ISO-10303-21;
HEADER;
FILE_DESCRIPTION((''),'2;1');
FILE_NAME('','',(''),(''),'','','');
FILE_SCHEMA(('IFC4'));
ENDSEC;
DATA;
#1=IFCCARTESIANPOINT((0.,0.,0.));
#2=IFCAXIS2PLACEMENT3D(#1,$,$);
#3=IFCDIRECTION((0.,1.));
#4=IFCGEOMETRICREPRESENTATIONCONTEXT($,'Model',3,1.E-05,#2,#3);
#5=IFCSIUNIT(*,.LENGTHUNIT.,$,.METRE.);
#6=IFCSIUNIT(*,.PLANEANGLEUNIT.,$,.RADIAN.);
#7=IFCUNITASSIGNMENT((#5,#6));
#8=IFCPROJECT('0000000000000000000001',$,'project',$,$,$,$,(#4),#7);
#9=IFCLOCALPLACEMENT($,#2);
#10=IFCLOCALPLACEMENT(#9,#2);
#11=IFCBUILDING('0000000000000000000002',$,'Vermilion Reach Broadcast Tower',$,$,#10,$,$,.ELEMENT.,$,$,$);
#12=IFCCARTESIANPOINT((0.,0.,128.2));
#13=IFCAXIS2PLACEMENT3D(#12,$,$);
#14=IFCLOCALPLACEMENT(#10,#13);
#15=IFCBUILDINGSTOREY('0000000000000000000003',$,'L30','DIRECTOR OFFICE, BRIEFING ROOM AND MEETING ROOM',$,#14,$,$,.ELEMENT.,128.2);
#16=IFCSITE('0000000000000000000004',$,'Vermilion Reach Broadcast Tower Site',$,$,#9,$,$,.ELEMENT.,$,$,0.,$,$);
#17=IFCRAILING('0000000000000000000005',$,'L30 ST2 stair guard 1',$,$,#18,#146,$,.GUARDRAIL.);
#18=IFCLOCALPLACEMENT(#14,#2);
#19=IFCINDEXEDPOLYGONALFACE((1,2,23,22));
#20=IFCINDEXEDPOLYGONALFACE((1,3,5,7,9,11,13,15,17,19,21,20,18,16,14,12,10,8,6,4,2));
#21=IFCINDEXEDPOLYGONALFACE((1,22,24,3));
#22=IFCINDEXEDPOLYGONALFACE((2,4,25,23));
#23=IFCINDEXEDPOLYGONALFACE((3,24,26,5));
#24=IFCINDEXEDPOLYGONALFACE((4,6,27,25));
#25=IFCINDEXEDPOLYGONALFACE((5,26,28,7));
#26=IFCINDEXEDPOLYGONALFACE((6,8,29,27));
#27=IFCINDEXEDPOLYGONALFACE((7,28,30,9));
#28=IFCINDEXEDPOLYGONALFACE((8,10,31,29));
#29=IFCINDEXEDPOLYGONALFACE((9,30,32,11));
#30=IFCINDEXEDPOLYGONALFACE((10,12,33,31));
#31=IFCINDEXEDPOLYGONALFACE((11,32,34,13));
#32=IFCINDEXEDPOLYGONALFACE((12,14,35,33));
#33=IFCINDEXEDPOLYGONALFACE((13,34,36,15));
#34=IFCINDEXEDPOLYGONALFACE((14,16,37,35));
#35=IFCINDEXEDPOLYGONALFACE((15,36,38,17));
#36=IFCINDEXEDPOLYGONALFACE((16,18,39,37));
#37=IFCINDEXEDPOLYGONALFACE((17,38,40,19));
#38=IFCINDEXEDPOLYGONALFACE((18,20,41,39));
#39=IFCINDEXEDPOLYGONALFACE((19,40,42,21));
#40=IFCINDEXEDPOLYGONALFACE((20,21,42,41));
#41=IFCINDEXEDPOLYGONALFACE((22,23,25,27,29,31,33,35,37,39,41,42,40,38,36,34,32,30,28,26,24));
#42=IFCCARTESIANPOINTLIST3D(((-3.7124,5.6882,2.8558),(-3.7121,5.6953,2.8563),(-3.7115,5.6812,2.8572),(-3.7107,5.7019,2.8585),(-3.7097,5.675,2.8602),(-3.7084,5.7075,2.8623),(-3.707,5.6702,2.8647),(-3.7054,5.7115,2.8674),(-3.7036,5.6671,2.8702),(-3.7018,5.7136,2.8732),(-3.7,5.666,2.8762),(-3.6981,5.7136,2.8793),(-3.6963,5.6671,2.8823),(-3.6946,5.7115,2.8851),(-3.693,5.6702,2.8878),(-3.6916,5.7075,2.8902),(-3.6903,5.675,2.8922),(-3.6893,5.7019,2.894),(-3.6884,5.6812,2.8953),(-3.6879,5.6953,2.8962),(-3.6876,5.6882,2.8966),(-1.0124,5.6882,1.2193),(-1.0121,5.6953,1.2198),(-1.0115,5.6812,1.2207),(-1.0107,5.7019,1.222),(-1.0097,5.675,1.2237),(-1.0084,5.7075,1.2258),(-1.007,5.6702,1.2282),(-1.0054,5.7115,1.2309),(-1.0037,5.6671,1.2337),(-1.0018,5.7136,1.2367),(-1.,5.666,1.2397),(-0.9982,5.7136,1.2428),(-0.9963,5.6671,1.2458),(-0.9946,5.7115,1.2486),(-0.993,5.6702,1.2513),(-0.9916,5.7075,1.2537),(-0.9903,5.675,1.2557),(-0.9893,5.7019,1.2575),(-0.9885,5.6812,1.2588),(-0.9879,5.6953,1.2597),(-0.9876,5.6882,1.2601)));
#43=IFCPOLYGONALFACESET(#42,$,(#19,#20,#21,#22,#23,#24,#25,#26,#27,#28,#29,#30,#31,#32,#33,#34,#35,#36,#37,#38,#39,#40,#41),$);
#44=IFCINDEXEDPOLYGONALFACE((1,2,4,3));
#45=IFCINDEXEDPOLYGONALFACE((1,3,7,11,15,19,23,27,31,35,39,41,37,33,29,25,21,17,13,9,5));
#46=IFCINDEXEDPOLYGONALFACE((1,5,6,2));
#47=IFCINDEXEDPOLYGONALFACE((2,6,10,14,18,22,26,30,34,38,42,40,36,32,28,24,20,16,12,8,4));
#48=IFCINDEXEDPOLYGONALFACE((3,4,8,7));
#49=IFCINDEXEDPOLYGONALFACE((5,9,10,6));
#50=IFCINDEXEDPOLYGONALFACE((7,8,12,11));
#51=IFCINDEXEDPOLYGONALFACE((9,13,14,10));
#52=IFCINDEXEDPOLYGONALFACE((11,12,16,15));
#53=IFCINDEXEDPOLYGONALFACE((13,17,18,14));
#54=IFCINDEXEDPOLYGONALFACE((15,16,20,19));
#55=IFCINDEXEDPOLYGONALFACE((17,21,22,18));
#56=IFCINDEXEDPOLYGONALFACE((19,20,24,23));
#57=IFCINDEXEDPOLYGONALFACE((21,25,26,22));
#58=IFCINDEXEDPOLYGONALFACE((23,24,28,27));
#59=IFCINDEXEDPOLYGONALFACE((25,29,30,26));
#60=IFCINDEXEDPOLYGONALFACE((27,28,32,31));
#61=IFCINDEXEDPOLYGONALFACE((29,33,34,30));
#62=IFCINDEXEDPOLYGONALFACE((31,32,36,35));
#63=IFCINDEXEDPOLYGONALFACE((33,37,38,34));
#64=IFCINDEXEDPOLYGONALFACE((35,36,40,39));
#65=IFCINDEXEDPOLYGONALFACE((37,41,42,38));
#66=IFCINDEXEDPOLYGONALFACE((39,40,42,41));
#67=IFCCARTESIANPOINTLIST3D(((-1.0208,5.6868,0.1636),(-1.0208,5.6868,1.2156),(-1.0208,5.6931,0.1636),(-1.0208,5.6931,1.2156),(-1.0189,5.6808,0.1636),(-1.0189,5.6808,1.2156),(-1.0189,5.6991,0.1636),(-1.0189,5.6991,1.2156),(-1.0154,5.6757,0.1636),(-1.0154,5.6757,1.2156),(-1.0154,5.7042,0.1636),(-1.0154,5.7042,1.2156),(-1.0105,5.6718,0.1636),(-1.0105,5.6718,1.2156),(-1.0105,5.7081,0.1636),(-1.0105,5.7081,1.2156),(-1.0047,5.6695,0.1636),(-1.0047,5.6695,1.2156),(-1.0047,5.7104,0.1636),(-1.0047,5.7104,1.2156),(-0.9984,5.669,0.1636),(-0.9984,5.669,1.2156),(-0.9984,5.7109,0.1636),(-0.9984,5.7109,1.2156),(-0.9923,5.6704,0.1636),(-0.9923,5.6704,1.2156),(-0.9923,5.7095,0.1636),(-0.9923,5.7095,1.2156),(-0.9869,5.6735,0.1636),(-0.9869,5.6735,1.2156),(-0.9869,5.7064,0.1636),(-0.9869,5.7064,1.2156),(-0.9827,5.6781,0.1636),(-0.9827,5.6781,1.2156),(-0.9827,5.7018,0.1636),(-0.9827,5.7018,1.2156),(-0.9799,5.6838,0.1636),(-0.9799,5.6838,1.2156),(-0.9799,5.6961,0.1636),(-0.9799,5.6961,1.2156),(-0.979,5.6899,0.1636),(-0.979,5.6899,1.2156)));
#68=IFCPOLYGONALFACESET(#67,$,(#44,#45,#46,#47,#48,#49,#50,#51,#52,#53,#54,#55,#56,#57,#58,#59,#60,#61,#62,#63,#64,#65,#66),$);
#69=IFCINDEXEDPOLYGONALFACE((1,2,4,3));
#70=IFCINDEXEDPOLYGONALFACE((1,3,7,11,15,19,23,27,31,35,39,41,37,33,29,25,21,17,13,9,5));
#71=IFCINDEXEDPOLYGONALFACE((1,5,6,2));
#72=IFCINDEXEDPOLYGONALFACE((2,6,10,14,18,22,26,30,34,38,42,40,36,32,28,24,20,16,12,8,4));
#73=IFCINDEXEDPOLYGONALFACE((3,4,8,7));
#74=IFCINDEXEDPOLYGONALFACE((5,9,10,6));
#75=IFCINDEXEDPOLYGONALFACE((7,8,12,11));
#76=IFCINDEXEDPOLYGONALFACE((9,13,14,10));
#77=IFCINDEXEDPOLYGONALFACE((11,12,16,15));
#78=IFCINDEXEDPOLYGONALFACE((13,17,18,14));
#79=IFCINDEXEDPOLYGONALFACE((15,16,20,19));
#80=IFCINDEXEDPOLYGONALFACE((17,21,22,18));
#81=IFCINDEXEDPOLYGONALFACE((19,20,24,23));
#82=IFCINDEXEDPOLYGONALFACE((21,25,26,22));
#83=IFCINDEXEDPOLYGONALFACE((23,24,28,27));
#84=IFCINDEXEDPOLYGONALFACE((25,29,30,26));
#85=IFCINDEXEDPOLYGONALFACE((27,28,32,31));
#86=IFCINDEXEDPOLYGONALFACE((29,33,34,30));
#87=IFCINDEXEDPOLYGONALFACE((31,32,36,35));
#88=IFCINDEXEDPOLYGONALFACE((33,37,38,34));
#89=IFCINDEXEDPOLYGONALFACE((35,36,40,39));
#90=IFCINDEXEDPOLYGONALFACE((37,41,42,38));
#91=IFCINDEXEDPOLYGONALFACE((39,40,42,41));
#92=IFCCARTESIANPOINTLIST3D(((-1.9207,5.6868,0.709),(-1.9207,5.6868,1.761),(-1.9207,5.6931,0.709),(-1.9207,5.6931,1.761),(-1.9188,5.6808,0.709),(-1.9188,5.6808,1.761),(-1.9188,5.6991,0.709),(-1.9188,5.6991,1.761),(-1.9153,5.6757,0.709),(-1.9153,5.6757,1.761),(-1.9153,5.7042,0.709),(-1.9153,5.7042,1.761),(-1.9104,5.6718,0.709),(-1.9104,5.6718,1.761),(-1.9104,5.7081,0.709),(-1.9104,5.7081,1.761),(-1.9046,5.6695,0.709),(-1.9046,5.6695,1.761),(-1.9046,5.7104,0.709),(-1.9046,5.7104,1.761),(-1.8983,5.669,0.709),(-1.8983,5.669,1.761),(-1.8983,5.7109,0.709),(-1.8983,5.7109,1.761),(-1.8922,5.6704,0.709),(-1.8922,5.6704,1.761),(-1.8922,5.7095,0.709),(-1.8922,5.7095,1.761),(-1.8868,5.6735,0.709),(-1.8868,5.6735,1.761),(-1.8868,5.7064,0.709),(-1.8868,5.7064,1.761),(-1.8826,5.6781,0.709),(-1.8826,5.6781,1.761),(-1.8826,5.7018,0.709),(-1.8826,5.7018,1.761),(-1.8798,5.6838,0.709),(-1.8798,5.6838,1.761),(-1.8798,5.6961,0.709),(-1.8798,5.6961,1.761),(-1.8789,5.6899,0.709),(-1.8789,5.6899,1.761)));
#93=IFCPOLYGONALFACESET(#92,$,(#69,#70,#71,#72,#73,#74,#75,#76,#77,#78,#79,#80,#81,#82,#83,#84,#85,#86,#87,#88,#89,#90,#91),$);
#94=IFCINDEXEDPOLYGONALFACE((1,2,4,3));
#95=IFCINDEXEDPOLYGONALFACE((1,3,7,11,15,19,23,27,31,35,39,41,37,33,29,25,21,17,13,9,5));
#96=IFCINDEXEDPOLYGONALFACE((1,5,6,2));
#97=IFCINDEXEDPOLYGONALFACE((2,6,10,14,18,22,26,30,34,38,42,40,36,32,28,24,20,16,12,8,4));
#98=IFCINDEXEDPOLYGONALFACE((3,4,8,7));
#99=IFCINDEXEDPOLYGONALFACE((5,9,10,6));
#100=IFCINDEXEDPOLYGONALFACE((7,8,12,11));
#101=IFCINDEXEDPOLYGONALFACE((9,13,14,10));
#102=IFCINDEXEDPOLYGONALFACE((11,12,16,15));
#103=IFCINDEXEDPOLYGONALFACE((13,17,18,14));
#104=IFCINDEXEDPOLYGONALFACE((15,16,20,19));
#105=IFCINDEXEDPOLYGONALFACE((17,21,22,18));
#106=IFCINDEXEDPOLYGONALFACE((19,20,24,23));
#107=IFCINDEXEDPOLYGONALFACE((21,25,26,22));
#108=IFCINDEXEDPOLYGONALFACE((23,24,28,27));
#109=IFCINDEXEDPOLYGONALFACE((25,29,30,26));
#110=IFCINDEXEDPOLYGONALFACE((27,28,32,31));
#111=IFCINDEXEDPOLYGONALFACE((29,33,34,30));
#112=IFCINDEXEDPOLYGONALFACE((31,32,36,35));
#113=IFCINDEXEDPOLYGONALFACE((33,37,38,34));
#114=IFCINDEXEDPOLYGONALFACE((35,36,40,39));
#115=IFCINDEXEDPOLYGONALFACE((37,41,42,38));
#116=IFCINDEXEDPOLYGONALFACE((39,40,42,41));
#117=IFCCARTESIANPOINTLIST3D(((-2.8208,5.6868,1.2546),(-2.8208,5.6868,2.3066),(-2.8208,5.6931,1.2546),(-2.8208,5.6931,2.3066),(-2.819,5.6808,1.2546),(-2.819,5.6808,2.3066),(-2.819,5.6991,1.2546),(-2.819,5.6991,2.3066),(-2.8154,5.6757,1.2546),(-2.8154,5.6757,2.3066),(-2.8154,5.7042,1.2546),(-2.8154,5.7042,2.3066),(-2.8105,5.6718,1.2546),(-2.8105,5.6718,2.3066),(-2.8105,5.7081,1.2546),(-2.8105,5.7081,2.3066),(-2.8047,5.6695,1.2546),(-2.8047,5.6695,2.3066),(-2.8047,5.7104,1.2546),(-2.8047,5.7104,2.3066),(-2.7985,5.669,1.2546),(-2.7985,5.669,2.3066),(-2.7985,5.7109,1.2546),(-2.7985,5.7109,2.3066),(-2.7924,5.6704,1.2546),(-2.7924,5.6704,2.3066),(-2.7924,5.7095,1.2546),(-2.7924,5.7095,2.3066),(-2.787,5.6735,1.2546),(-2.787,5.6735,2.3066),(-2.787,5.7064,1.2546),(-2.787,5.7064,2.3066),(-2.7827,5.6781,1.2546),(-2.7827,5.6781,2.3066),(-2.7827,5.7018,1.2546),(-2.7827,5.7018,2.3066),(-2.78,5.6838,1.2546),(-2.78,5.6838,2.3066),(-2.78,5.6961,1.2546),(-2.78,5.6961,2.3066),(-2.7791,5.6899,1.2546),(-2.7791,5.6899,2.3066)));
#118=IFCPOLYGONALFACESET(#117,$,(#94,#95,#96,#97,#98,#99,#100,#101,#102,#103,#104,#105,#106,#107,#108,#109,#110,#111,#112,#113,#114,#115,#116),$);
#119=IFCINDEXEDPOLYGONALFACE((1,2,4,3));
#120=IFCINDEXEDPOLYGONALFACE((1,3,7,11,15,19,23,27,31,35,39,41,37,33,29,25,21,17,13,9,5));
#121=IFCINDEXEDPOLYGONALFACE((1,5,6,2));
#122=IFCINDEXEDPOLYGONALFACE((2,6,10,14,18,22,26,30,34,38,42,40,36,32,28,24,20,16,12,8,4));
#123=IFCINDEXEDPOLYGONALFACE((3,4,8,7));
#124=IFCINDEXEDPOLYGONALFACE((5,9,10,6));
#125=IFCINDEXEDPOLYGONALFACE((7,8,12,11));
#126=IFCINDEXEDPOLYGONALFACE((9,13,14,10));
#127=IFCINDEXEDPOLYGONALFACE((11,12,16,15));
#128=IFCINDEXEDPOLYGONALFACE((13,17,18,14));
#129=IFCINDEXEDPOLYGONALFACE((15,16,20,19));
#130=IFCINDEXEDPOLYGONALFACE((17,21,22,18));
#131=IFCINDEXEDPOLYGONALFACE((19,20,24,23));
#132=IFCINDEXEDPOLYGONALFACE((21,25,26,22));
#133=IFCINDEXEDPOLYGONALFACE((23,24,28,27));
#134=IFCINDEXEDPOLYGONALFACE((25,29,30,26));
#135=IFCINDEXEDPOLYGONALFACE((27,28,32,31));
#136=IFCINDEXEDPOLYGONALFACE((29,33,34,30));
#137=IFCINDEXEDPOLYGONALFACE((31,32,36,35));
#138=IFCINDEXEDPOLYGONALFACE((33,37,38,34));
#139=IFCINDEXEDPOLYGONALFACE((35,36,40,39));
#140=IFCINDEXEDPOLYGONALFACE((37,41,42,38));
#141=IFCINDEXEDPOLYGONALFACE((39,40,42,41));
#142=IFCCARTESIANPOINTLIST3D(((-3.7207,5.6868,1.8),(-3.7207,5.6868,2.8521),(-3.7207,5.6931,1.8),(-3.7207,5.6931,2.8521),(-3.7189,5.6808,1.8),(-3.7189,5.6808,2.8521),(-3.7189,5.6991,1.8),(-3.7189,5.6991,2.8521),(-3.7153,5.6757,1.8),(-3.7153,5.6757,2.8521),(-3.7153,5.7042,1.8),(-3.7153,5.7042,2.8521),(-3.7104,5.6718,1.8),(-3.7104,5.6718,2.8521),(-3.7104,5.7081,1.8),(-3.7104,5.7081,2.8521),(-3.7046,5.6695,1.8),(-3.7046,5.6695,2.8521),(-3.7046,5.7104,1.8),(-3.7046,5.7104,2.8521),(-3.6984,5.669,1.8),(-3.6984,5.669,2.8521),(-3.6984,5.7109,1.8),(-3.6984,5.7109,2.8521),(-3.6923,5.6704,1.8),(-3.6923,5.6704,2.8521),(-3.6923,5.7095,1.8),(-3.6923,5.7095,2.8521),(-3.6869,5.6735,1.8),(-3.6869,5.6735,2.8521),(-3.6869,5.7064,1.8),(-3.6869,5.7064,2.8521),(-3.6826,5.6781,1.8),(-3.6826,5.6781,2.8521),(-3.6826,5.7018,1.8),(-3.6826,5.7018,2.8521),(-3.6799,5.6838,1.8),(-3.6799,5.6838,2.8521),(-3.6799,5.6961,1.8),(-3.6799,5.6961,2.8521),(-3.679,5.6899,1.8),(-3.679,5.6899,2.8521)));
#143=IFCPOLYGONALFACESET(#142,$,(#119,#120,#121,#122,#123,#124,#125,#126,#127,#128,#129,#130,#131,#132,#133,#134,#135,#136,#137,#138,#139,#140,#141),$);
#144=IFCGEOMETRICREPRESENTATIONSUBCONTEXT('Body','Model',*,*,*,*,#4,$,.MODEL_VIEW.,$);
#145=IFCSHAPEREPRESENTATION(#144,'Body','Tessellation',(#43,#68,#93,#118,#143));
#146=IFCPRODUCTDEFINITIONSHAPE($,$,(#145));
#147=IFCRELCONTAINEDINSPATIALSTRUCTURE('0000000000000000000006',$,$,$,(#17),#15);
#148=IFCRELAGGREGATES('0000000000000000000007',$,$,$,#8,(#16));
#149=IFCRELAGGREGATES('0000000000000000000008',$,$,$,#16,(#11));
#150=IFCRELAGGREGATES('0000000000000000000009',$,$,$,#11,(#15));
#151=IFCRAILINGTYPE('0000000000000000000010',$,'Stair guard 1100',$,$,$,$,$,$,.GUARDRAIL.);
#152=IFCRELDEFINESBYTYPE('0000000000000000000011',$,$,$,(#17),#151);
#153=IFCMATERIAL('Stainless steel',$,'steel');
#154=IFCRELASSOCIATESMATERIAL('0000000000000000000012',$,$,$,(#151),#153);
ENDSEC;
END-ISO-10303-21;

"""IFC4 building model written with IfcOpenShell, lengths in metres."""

from ifc_helpers import new_model, si_unit, direction, frame, origin, origin_2d, place, context, subcontext, project, spatial, circle, extrude, material, type_object, element, save


model = new_model("IFC4")

# Units and contexts
model_context = context("Model", 3, precision=1e-05, world=origin(), true_north=direction((0.0, 1.0)))
body_context = subcontext(model_context, "Body", "Model", "MODEL_VIEW")
ifc_project = project(units=[si_unit("LENGTHUNIT", "METRE"), si_unit("PLANEANGLEUNIT", "RADIAN")], contexts=[model_context])

# Site, building, storey
site_placement = place(None, origin())
site = spatial("IfcSite", under=ifc_project, at=site_placement, Name="Vermilion Reach Broadcast Tower Site", CompositionType="ELEMENT", RefElevation=0.0)
building_placement = place(site_placement, origin())
building = spatial("IfcBuilding", under=site, at=building_placement, Name="Vermilion Reach Broadcast Tower", CompositionType="ELEMENT")
storey_placement = place(building_placement, frame((0.0, 0.0, 128.2)))
storey = spatial("IfcBuildingStorey", under=building, at=storey_placement, Name="L30", Description="DIRECTOR OFFICE, BRIEFING ROOM AND MEETING ROOM", CompositionType="ELEMENT", Elevation=128.2)

# Railing
ifc_material_1 = material(Name="Stainless steel", Category="steel")
railing_type_1 = type_object("IfcRailingType", Name="Stair guard 1100", PredefinedType="GUARDRAIL", material=ifc_material_1)
railing_1_placement = place(storey_placement, frame((-1.0, 5.6899, 0.1636)))
element("IfcRailing", 1, at=railing_1_placement, inside=storey, type_object=railing_type_1, Name="L30 ST2 stair guard 1", PredefinedType="GUARDRAIL", context=body_context, shape_type="SweptSolid", body=[
    extrude(circle(Radius=0.0239, at=origin_2d()), frame((0.0, 0.0, 1.0762), z_axis=(-0.855178, 0.0, 0.518334), x_axis=(0.0, -1.0, 0.0)), (0.0, 0.0, 1.0), 3.1572),
    extrude(circle(Radius=0.021, at=origin_2d()), origin(), (0.0, 0.0, 1.0), 1.052),
    extrude(circle(Radius=0.021, at=origin_2d()), frame((-0.8999, 0.0, 0.5454)), (0.0, 0.0, 1.0), 1.052),
    extrude(circle(Radius=0.021, at=origin_2d()), frame((-1.8, 0.0, 1.0911)), (0.0, 0.0, 1.0), 1.052),
    extrude(circle(Radius=0.021, at=origin_2d()), frame((-2.7, 0.0, 1.6365)), (0.0, 0.0, 1.0), 1.052),
])

save(model, "model.ifc")
